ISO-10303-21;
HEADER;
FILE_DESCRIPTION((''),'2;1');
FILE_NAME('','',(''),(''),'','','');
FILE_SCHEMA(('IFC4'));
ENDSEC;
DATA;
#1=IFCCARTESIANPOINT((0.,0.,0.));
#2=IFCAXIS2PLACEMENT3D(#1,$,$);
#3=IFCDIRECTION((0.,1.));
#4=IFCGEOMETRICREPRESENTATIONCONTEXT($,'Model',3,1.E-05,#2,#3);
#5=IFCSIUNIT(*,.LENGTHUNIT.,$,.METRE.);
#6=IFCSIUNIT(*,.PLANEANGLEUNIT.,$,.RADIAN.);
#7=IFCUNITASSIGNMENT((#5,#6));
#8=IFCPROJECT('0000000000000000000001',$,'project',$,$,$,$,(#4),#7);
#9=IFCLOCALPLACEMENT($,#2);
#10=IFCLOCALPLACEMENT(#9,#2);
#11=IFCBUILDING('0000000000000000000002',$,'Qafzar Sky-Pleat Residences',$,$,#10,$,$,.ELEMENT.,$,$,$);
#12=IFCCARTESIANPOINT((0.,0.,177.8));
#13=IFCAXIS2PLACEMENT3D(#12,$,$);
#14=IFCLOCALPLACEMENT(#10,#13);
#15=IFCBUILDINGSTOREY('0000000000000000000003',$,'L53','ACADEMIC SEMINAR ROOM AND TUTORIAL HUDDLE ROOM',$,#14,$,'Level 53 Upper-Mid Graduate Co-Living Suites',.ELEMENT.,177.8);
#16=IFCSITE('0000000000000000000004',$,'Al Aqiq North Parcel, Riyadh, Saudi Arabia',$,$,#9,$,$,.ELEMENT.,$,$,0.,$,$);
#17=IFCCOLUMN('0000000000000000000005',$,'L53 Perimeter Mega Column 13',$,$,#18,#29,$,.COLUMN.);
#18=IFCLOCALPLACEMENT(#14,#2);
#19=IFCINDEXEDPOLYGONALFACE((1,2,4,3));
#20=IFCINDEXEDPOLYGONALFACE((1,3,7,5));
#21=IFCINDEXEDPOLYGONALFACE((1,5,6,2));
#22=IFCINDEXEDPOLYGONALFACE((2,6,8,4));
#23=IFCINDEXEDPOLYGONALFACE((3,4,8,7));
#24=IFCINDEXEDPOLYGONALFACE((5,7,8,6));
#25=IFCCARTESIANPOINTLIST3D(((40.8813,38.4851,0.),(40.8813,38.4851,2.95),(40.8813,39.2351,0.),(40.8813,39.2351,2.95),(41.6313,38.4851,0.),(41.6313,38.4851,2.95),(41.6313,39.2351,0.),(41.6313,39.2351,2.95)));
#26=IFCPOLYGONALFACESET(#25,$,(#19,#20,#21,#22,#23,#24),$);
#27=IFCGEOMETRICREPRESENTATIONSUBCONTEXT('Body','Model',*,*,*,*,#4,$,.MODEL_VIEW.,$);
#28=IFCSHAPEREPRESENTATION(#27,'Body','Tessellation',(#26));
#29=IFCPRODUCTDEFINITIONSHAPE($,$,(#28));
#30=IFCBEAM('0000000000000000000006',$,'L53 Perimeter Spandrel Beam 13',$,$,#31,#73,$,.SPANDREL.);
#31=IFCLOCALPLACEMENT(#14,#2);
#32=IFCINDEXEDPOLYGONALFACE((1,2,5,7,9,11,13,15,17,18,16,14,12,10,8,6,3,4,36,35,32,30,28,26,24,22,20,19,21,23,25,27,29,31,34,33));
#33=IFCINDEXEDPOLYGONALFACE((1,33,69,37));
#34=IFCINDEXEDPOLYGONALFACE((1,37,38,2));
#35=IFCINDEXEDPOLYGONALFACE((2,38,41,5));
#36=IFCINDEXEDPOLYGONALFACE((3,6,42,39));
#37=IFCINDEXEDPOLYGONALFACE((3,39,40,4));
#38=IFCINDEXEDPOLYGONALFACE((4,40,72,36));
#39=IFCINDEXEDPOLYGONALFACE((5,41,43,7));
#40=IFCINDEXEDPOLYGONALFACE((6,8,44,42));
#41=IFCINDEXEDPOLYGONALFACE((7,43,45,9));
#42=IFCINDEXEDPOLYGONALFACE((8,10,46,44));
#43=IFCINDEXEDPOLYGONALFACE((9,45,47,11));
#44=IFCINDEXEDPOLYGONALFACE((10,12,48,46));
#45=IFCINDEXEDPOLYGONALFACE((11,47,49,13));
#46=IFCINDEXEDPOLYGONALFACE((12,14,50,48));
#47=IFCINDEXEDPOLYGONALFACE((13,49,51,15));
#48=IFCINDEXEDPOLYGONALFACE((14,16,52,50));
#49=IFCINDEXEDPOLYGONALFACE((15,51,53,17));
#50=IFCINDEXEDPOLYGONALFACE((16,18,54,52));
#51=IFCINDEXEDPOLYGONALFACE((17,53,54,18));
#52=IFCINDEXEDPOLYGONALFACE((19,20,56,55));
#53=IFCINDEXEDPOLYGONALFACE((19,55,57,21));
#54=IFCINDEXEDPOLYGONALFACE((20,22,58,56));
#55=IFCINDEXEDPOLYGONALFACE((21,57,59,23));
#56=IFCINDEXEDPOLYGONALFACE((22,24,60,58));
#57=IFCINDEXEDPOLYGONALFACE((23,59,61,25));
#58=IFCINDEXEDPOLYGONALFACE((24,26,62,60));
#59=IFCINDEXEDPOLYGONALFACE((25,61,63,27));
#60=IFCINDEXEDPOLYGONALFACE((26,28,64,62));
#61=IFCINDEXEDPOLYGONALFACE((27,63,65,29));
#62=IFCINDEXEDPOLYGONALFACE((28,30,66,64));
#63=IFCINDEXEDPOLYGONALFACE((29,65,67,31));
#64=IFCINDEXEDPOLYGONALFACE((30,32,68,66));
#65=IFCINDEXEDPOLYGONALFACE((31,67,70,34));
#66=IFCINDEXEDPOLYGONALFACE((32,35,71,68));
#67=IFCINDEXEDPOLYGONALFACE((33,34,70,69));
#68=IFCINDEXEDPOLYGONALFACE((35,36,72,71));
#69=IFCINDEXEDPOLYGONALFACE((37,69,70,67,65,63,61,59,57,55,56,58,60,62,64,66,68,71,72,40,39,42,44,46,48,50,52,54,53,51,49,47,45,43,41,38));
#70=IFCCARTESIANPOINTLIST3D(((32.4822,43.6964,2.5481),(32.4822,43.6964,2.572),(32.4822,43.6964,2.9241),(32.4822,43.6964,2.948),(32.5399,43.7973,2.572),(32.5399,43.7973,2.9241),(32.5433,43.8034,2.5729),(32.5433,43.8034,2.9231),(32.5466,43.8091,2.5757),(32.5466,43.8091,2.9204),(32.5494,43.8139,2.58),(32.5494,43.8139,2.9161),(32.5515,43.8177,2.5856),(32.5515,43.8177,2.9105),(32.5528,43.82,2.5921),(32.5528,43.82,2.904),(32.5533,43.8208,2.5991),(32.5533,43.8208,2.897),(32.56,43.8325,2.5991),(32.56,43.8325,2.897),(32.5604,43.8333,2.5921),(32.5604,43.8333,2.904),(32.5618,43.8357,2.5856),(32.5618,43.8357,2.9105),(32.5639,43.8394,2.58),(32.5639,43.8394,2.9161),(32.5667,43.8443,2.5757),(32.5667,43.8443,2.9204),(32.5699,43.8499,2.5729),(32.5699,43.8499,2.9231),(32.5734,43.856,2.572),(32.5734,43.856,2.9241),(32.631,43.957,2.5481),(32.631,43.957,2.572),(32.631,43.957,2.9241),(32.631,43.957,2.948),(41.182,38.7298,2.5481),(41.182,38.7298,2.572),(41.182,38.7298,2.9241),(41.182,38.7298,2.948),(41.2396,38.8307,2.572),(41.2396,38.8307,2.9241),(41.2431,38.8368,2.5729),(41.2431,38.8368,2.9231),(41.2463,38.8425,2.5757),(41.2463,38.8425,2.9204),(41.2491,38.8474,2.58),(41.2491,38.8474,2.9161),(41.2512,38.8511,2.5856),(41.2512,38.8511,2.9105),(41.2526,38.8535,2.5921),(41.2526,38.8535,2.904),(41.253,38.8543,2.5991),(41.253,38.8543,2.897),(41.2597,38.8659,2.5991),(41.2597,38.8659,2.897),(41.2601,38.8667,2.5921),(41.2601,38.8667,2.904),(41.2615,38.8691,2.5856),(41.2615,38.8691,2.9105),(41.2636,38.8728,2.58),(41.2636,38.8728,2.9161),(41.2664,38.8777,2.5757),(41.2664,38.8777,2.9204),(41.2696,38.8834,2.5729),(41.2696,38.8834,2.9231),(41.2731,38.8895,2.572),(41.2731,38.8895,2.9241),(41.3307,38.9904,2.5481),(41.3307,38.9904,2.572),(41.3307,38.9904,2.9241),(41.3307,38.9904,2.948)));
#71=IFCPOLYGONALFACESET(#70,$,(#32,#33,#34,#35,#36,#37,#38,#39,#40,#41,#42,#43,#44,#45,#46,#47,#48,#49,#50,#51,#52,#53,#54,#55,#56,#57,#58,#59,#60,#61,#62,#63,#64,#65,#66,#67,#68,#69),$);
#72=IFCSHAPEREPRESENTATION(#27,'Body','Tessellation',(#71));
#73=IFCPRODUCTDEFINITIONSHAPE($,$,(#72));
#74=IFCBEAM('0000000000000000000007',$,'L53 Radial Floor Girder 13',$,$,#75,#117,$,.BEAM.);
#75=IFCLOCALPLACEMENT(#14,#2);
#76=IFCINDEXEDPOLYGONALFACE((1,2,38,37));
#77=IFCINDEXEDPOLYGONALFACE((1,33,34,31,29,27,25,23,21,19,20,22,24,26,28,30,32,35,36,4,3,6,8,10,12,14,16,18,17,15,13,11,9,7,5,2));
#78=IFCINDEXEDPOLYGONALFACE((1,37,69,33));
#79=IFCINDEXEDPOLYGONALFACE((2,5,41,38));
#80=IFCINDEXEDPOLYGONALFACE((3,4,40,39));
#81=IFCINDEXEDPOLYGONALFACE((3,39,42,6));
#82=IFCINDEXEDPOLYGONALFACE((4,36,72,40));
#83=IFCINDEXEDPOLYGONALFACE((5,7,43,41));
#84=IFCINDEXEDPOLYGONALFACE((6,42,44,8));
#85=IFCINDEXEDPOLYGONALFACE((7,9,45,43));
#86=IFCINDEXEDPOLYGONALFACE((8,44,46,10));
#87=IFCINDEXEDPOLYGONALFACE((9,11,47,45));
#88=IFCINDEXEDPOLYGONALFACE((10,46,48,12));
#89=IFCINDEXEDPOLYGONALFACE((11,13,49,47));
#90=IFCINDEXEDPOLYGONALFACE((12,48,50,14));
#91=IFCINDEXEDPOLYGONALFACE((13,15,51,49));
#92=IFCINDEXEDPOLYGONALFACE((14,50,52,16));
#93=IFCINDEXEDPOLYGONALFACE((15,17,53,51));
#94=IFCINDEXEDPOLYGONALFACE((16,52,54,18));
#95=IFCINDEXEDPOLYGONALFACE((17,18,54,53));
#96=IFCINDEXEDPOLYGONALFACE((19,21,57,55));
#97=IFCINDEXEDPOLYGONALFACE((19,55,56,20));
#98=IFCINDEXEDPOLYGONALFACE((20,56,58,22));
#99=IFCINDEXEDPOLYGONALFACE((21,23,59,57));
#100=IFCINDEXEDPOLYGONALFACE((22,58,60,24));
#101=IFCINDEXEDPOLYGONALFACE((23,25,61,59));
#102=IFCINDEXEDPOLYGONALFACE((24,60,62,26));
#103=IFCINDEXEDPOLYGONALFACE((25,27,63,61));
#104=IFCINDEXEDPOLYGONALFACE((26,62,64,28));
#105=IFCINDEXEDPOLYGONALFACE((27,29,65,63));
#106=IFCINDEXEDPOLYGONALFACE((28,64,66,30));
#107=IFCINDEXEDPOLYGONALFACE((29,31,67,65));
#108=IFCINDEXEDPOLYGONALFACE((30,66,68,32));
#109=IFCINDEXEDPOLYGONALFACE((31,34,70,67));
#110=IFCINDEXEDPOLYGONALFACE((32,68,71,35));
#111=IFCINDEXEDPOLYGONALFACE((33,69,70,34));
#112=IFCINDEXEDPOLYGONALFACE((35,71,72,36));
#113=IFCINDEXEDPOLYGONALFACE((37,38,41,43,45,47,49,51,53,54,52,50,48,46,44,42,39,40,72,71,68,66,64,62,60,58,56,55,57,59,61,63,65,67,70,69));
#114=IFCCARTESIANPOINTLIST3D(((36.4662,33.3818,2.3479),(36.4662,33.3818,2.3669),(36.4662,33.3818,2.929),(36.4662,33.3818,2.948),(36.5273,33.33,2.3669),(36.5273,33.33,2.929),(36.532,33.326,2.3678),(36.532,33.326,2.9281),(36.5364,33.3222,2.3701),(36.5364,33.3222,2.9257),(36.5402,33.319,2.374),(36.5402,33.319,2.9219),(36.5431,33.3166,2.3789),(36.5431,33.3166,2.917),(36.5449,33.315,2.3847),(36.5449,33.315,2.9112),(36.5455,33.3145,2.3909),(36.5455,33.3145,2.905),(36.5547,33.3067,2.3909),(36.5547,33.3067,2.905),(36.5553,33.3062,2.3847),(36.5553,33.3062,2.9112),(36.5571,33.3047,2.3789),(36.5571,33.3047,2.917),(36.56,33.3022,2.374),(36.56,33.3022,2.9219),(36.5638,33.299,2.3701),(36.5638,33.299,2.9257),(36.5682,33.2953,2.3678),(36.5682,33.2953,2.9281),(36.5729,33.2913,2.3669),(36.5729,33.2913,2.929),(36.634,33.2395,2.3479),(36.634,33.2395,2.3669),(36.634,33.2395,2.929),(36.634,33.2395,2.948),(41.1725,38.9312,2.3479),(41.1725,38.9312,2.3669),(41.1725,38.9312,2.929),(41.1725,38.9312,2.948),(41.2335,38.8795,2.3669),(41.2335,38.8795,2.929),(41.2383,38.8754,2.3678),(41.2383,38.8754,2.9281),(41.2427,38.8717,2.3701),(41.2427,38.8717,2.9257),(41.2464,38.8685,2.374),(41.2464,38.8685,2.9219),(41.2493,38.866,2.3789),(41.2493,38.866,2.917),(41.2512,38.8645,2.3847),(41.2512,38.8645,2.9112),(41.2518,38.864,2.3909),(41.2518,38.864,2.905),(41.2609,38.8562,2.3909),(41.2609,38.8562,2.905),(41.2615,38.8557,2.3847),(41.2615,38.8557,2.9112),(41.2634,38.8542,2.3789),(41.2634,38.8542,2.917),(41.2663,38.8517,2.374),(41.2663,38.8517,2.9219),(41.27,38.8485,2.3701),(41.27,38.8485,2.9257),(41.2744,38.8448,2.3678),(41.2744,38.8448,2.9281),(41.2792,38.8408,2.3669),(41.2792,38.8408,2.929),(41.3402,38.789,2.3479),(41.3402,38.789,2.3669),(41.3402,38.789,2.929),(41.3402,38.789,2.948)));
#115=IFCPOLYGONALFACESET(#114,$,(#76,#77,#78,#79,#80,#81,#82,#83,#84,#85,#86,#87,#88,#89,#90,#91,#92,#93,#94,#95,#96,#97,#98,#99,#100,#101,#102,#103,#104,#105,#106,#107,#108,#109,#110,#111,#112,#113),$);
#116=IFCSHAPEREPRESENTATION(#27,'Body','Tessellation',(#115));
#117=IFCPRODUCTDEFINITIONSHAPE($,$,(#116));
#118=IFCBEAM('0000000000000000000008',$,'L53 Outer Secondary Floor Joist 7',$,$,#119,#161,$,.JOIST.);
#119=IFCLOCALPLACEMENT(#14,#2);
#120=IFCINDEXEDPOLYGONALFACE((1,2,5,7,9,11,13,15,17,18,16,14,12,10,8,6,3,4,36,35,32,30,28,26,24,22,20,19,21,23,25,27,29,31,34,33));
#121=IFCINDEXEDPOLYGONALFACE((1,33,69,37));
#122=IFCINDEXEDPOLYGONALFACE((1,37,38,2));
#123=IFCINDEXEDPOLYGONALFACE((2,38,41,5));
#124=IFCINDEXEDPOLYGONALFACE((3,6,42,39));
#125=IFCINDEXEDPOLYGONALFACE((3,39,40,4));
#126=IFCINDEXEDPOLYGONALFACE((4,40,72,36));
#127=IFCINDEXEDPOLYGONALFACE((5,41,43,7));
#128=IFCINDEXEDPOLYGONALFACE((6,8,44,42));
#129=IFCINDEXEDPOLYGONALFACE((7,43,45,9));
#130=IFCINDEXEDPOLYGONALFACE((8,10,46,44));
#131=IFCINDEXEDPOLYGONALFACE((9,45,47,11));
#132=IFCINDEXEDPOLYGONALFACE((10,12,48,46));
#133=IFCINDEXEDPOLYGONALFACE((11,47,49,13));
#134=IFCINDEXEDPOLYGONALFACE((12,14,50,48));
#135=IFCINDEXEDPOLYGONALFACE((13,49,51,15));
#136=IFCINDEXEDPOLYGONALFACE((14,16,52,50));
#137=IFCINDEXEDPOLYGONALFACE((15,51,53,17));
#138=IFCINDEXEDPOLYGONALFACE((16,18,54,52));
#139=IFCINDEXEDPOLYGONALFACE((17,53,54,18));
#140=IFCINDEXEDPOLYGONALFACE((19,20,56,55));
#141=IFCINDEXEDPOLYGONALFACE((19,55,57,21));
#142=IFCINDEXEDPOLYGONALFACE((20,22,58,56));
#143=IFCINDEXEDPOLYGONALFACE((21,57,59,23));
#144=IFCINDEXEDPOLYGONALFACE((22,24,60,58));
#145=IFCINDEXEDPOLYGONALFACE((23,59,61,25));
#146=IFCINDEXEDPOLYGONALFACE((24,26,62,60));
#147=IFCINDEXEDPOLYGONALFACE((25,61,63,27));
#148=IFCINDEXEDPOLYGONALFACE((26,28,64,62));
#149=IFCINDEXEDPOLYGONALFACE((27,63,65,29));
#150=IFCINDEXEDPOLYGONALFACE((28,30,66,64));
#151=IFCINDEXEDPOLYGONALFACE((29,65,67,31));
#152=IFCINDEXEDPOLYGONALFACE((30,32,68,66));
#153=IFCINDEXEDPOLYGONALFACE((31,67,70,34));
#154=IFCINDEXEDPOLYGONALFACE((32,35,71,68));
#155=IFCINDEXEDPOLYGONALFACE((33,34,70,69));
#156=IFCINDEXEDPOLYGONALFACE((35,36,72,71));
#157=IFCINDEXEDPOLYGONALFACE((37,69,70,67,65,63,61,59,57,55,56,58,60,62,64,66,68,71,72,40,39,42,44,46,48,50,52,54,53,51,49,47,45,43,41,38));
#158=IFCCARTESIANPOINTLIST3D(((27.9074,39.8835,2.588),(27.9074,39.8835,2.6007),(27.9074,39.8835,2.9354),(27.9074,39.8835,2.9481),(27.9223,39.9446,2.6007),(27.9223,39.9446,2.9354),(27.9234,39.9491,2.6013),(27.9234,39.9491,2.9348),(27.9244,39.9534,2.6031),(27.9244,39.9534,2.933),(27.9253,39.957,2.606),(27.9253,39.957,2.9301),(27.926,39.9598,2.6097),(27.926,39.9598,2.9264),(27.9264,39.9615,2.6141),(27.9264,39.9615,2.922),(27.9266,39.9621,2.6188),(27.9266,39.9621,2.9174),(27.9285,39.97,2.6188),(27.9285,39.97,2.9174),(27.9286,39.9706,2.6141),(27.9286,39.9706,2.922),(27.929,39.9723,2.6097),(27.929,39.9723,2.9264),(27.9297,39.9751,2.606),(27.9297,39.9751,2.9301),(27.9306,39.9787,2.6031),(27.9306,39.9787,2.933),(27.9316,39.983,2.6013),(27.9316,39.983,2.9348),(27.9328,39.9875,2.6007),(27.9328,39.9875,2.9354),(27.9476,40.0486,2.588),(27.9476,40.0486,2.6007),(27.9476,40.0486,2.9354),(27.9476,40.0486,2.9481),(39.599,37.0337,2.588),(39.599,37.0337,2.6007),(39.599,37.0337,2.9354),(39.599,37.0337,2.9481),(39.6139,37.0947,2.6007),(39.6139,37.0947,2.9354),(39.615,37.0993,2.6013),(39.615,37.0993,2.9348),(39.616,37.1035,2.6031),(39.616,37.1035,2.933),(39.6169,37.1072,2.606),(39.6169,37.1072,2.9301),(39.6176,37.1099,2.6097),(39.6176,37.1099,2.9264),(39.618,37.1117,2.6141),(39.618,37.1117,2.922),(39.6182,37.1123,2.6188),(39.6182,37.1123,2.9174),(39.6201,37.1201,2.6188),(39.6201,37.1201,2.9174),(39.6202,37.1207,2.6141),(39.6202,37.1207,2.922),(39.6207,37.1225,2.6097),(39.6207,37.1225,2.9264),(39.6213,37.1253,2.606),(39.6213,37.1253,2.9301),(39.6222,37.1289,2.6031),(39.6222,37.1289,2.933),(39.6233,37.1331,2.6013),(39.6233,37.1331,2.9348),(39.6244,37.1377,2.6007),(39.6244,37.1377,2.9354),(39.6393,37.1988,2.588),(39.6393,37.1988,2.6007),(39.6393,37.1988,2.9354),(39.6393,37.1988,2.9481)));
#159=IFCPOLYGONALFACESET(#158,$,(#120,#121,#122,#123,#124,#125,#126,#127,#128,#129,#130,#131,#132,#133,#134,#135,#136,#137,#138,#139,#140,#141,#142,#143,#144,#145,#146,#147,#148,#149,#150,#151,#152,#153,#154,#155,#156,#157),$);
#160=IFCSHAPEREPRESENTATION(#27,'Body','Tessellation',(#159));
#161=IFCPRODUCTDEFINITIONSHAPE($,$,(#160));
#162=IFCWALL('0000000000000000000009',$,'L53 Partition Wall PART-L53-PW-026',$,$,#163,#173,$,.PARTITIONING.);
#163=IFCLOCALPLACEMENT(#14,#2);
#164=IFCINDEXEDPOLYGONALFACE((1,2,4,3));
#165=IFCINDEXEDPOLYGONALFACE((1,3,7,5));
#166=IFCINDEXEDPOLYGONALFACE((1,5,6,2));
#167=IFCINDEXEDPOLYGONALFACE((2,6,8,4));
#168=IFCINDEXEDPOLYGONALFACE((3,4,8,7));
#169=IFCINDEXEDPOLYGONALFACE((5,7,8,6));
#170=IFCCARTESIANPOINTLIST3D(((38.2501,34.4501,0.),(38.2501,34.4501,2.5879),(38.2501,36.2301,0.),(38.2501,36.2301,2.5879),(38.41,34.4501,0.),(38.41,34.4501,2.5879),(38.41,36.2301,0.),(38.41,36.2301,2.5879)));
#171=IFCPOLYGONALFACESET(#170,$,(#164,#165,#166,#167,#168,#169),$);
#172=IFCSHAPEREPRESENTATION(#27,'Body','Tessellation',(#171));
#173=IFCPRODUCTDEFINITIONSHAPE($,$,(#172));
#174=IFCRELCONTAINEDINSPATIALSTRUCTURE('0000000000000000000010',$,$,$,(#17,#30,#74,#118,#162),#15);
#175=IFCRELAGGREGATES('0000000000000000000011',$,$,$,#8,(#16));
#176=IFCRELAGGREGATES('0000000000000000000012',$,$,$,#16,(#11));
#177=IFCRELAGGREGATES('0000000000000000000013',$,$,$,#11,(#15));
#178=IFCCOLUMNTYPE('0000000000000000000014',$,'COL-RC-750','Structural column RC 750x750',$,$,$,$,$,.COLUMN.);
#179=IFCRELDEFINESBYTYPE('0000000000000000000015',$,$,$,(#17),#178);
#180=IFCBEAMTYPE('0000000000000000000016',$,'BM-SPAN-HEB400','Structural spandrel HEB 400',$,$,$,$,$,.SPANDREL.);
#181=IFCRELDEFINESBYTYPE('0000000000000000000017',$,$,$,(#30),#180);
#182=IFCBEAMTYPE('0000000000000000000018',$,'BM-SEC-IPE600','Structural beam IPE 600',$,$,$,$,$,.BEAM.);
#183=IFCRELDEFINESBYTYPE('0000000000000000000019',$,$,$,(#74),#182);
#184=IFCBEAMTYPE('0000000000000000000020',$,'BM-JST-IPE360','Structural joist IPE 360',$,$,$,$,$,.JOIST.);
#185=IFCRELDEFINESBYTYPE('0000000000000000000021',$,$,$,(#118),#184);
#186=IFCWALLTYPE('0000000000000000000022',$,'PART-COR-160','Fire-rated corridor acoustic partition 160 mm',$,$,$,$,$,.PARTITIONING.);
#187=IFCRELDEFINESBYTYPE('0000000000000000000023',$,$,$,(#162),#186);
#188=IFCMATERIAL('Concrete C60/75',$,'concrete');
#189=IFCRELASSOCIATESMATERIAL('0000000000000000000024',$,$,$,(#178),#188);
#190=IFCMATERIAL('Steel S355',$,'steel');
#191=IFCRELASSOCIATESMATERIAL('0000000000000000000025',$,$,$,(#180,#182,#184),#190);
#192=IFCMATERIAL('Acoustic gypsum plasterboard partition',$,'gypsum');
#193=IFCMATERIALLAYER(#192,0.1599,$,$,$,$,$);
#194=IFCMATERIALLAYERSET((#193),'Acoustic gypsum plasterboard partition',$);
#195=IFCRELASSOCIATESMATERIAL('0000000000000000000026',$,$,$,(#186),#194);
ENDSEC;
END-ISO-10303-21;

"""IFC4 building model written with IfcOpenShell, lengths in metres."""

from ifc_helpers import new_model, si_unit, direction, frame, frame_2d, origin, origin_2d, place, context, subcontext, project, spatial, rectangle, i_section, extrude, source, transform, mapped, material, layer, layer_set, material_profile, profile_set, type_object, element, save


model = new_model("IFC4")

# Units and contexts
model_context = context("Model", 3, precision=1e-05, world=origin(), true_north=direction((0.0, 1.0)))
body_context = subcontext(model_context, "Body", "Model", "MODEL_VIEW")
ifc_project = project(units=[si_unit("LENGTHUNIT", "METRE"), si_unit("PLANEANGLEUNIT", "RADIAN")], contexts=[model_context])

# Site, building, storey
site_placement = place(None, origin())
site = spatial("IfcSite", under=ifc_project, at=site_placement, Name="Al Aqiq North Parcel, Riyadh, Saudi Arabia", CompositionType="ELEMENT", RefElevation=0.0)
building_placement = place(site_placement, origin())
building = spatial("IfcBuilding", under=site, at=building_placement, Name="Qafzar Sky-Pleat Residences", CompositionType="ELEMENT")
storey_placement = place(building_placement, frame((0.0, 0.0, 177.8)))
storey = spatial("IfcBuildingStorey", under=building, at=storey_placement, Name="L53", Description="ACADEMIC SEMINAR ROOM AND TUTORIAL HUDDLE ROOM", LongName="Level 53 Upper-Mid Graduate Co-Living Suites", CompositionType="ELEMENT", Elevation=177.8)

# Column
ifc_material_1 = material(Name="Concrete C60/75", Category="concrete")
ifc_material_profile_1 = material_profile(ifc_material_1, rectangle(XDim=0.75, YDim=0.75, at=origin_2d()), Name="RC 750x750")
ifc_profile_set_1 = profile_set([ifc_material_profile_1], Name="Concrete C60/75")
column_type = type_object("IfcColumnType", Name="COL-RC-750", Description="Structural column RC 750x750", PredefinedType="COLUMN", material=ifc_profile_set_1)
shared_shape_1 = source(origin(), body_context, "Body", "SweptSolid", [
    extrude(rectangle(XDim=0.75, YDim=0.75, at=origin_2d()), origin(), (0.0, 0.0, 1.0), 2.95),
])
column_placement = place(storey_placement, frame((41.2563, 38.8601, 0.0), z_axis=(0.0, 0.0, 1.0), x_axis=(1.0, 0.0, 0.0)))
element("IfcColumn", 1, at=column_placement, inside=storey, type_object=column_type, Name="L53 Perimeter Mega Column 13", PredefinedType="COLUMN", context=body_context, shape_type="MappedRepresentation", body=[
    mapped(shared_shape_1, transform((0.0, 0.0, 0.0), x_axis=(1.0, 0.0, 0.0), y_axis=(0.0, 1.0, 0.0), z_axis=(0.0, 0.0, 1.0), scale=1.0)),
])

# Beams
ifc_material_2 = material(Name="Steel S355", Category="steel")
ifc_material_profile_2 = material_profile(ifc_material_2, i_section(OverallWidth=0.3, OverallDepth=0.3999, WebThickness=0.0134, FlangeThickness=0.0239, FilletRadius=0.0271, at=origin_2d()), Name="HEB 400")
ifc_profile_set_2 = profile_set([ifc_material_profile_2], Name="Steel S355")
beam_type_1 = type_object("IfcBeamType", Name="BM-SPAN-HEB400", Description="Structural spandrel HEB 400", PredefinedType="SPANDREL", material=ifc_profile_set_2)
shared_shape_2 = source(origin(), body_context, "Body", "SweptSolid", [
    extrude(i_section(OverallWidth=0.3, OverallDepth=0.3999, WebThickness=0.0134, FlangeThickness=0.0239, FilletRadius=0.0271, at=origin_2d()), origin(), (0.0, 0.0, 1.0), 10.0176),
])
beam_1_placement = place(storey_placement, frame((41.2563, 38.8601, 2.748), z_axis=(-0.868446, 0.495785, 0.0), x_axis=(-0.495785, -0.868446, 0.0)))
element("IfcBeam", 2, at=beam_1_placement, inside=storey, type_object=beam_type_1, Name="L53 Perimeter Spandrel Beam 13", PredefinedType="SPANDREL", context=body_context, shape_type="MappedRepresentation", body=[
    mapped(shared_shape_2, transform((0.0, 0.0, 0.0), x_axis=(1.0, 0.0, 0.0), y_axis=(0.0, 1.0, 0.0), z_axis=(0.0, 0.0, 1.0), scale=1.0)),
])
ifc_material_profile_3 = material_profile(ifc_material_2, i_section(OverallWidth=0.22, OverallDepth=0.6001, WebThickness=0.012, FlangeThickness=0.019, FilletRadius=0.0239, at=origin_2d()), Name="IPE 600")
ifc_profile_set_3 = profile_set([ifc_material_profile_3], Name="Steel S355")
beam_type_2 = type_object("IfcBeamType", Name="BM-SEC-IPE600", Description="Structural beam IPE 600", PredefinedType="BEAM", material=ifc_profile_set_3)
shared_shape_3 = source(origin(), body_context, "Body", "SweptSolid", [
    extrude(i_section(OverallWidth=0.22, OverallDepth=0.6001, WebThickness=0.012, FlangeThickness=0.019, FilletRadius=0.0239, at=origin_2d()), origin(), (0.0, 0.0, 1.0), 7.2764),
])
beam_2_placement = place(storey_placement, frame((41.2563, 38.8601, 2.6479), z_axis=(-0.646784, -0.762673, 0.0), x_axis=(0.762673, -0.646784, 0.0)))
element("IfcBeam", 3, at=beam_2_placement, inside=storey, type_object=beam_type_2, Name="L53 Radial Floor Girder 13", PredefinedType="BEAM", context=body_context, shape_type="MappedRepresentation", body=[
    mapped(shared_shape_3, transform((0.0, 0.0, 0.0), x_axis=(1.0, 0.0, 0.0), y_axis=(0.0, 1.0, 0.0), z_axis=(0.0, 0.0, 1.0), scale=1.0)),
])
ifc_material_profile_4 = material_profile(ifc_material_2, i_section(OverallWidth=0.1699, OverallDepth=0.3601, WebThickness=0.0081, FlangeThickness=0.0127, FilletRadius=0.0181, at=origin_2d()), Name="IPE 360")
ifc_profile_set_4 = profile_set([ifc_material_profile_4], Name="Steel S355")
beam_type_3 = type_object("IfcBeamType", Name="BM-JST-IPE360", Description="Structural joist IPE 360", PredefinedType="JOIST", material=ifc_profile_set_4)
shared_shape_4 = source(origin(), body_context, "Body", "SweptSolid", [
    extrude(i_section(OverallWidth=0.1699, OverallDepth=0.3601, WebThickness=0.0081, FlangeThickness=0.0127, FilletRadius=0.0181, at=origin_2d()), origin(), (0.0, 0.0, 1.0), 12.0339),
])
beam_3_placement = place(storey_placement, frame((39.6191, 37.1162, 2.7681), z_axis=(-0.971554, 0.236817, 0.0), x_axis=(-0.236817, -0.971554, 0.0)))
element("IfcBeam", 4, at=beam_3_placement, inside=storey, type_object=beam_type_3, Name="L53 Outer Secondary Floor Joist 7", PredefinedType="JOIST", context=body_context, shape_type="MappedRepresentation", body=[
    mapped(shared_shape_4, transform((0.0, 0.0, 0.0), x_axis=(1.0, 0.0, 0.0), y_axis=(0.0, 1.0, 0.0), z_axis=(0.0, 0.0, 1.0), scale=1.0)),
])

# Wall
ifc_material_3 = material(Name="Acoustic gypsum plasterboard partition", Category="gypsum")
ifc_layer_1 = layer(ifc_material_3, 0.1599)
ifc_layer_set_1 = layer_set([ifc_layer_1], Name="Acoustic gypsum plasterboard partition")
wall_type_1 = type_object("IfcWallType", Name="PART-COR-160", Description="Fire-rated corridor acoustic partition 160 mm", PredefinedType="PARTITIONING", material=ifc_layer_set_1)
wall_1_placement = place(storey_placement, frame((38.3301, 34.45, 0.0), z_axis=(0.0, 0.0, 1.0), x_axis=(0.0, 1.0, 0.0)))
element("IfcWall", 5, at=wall_1_placement, inside=storey, type_object=wall_type_1, Name="L53 Partition Wall PART-L53-PW-026", PredefinedType="PARTITIONING", context=body_context, shape_type="SweptSolid", body=[
    extrude(rectangle(XDim=1.78, YDim=0.1599, at=frame_2d((0.8901, 0.0))), origin(), (0.0, 0.0, 1.0), 2.5879),
])

save(model, "model.ifc")
